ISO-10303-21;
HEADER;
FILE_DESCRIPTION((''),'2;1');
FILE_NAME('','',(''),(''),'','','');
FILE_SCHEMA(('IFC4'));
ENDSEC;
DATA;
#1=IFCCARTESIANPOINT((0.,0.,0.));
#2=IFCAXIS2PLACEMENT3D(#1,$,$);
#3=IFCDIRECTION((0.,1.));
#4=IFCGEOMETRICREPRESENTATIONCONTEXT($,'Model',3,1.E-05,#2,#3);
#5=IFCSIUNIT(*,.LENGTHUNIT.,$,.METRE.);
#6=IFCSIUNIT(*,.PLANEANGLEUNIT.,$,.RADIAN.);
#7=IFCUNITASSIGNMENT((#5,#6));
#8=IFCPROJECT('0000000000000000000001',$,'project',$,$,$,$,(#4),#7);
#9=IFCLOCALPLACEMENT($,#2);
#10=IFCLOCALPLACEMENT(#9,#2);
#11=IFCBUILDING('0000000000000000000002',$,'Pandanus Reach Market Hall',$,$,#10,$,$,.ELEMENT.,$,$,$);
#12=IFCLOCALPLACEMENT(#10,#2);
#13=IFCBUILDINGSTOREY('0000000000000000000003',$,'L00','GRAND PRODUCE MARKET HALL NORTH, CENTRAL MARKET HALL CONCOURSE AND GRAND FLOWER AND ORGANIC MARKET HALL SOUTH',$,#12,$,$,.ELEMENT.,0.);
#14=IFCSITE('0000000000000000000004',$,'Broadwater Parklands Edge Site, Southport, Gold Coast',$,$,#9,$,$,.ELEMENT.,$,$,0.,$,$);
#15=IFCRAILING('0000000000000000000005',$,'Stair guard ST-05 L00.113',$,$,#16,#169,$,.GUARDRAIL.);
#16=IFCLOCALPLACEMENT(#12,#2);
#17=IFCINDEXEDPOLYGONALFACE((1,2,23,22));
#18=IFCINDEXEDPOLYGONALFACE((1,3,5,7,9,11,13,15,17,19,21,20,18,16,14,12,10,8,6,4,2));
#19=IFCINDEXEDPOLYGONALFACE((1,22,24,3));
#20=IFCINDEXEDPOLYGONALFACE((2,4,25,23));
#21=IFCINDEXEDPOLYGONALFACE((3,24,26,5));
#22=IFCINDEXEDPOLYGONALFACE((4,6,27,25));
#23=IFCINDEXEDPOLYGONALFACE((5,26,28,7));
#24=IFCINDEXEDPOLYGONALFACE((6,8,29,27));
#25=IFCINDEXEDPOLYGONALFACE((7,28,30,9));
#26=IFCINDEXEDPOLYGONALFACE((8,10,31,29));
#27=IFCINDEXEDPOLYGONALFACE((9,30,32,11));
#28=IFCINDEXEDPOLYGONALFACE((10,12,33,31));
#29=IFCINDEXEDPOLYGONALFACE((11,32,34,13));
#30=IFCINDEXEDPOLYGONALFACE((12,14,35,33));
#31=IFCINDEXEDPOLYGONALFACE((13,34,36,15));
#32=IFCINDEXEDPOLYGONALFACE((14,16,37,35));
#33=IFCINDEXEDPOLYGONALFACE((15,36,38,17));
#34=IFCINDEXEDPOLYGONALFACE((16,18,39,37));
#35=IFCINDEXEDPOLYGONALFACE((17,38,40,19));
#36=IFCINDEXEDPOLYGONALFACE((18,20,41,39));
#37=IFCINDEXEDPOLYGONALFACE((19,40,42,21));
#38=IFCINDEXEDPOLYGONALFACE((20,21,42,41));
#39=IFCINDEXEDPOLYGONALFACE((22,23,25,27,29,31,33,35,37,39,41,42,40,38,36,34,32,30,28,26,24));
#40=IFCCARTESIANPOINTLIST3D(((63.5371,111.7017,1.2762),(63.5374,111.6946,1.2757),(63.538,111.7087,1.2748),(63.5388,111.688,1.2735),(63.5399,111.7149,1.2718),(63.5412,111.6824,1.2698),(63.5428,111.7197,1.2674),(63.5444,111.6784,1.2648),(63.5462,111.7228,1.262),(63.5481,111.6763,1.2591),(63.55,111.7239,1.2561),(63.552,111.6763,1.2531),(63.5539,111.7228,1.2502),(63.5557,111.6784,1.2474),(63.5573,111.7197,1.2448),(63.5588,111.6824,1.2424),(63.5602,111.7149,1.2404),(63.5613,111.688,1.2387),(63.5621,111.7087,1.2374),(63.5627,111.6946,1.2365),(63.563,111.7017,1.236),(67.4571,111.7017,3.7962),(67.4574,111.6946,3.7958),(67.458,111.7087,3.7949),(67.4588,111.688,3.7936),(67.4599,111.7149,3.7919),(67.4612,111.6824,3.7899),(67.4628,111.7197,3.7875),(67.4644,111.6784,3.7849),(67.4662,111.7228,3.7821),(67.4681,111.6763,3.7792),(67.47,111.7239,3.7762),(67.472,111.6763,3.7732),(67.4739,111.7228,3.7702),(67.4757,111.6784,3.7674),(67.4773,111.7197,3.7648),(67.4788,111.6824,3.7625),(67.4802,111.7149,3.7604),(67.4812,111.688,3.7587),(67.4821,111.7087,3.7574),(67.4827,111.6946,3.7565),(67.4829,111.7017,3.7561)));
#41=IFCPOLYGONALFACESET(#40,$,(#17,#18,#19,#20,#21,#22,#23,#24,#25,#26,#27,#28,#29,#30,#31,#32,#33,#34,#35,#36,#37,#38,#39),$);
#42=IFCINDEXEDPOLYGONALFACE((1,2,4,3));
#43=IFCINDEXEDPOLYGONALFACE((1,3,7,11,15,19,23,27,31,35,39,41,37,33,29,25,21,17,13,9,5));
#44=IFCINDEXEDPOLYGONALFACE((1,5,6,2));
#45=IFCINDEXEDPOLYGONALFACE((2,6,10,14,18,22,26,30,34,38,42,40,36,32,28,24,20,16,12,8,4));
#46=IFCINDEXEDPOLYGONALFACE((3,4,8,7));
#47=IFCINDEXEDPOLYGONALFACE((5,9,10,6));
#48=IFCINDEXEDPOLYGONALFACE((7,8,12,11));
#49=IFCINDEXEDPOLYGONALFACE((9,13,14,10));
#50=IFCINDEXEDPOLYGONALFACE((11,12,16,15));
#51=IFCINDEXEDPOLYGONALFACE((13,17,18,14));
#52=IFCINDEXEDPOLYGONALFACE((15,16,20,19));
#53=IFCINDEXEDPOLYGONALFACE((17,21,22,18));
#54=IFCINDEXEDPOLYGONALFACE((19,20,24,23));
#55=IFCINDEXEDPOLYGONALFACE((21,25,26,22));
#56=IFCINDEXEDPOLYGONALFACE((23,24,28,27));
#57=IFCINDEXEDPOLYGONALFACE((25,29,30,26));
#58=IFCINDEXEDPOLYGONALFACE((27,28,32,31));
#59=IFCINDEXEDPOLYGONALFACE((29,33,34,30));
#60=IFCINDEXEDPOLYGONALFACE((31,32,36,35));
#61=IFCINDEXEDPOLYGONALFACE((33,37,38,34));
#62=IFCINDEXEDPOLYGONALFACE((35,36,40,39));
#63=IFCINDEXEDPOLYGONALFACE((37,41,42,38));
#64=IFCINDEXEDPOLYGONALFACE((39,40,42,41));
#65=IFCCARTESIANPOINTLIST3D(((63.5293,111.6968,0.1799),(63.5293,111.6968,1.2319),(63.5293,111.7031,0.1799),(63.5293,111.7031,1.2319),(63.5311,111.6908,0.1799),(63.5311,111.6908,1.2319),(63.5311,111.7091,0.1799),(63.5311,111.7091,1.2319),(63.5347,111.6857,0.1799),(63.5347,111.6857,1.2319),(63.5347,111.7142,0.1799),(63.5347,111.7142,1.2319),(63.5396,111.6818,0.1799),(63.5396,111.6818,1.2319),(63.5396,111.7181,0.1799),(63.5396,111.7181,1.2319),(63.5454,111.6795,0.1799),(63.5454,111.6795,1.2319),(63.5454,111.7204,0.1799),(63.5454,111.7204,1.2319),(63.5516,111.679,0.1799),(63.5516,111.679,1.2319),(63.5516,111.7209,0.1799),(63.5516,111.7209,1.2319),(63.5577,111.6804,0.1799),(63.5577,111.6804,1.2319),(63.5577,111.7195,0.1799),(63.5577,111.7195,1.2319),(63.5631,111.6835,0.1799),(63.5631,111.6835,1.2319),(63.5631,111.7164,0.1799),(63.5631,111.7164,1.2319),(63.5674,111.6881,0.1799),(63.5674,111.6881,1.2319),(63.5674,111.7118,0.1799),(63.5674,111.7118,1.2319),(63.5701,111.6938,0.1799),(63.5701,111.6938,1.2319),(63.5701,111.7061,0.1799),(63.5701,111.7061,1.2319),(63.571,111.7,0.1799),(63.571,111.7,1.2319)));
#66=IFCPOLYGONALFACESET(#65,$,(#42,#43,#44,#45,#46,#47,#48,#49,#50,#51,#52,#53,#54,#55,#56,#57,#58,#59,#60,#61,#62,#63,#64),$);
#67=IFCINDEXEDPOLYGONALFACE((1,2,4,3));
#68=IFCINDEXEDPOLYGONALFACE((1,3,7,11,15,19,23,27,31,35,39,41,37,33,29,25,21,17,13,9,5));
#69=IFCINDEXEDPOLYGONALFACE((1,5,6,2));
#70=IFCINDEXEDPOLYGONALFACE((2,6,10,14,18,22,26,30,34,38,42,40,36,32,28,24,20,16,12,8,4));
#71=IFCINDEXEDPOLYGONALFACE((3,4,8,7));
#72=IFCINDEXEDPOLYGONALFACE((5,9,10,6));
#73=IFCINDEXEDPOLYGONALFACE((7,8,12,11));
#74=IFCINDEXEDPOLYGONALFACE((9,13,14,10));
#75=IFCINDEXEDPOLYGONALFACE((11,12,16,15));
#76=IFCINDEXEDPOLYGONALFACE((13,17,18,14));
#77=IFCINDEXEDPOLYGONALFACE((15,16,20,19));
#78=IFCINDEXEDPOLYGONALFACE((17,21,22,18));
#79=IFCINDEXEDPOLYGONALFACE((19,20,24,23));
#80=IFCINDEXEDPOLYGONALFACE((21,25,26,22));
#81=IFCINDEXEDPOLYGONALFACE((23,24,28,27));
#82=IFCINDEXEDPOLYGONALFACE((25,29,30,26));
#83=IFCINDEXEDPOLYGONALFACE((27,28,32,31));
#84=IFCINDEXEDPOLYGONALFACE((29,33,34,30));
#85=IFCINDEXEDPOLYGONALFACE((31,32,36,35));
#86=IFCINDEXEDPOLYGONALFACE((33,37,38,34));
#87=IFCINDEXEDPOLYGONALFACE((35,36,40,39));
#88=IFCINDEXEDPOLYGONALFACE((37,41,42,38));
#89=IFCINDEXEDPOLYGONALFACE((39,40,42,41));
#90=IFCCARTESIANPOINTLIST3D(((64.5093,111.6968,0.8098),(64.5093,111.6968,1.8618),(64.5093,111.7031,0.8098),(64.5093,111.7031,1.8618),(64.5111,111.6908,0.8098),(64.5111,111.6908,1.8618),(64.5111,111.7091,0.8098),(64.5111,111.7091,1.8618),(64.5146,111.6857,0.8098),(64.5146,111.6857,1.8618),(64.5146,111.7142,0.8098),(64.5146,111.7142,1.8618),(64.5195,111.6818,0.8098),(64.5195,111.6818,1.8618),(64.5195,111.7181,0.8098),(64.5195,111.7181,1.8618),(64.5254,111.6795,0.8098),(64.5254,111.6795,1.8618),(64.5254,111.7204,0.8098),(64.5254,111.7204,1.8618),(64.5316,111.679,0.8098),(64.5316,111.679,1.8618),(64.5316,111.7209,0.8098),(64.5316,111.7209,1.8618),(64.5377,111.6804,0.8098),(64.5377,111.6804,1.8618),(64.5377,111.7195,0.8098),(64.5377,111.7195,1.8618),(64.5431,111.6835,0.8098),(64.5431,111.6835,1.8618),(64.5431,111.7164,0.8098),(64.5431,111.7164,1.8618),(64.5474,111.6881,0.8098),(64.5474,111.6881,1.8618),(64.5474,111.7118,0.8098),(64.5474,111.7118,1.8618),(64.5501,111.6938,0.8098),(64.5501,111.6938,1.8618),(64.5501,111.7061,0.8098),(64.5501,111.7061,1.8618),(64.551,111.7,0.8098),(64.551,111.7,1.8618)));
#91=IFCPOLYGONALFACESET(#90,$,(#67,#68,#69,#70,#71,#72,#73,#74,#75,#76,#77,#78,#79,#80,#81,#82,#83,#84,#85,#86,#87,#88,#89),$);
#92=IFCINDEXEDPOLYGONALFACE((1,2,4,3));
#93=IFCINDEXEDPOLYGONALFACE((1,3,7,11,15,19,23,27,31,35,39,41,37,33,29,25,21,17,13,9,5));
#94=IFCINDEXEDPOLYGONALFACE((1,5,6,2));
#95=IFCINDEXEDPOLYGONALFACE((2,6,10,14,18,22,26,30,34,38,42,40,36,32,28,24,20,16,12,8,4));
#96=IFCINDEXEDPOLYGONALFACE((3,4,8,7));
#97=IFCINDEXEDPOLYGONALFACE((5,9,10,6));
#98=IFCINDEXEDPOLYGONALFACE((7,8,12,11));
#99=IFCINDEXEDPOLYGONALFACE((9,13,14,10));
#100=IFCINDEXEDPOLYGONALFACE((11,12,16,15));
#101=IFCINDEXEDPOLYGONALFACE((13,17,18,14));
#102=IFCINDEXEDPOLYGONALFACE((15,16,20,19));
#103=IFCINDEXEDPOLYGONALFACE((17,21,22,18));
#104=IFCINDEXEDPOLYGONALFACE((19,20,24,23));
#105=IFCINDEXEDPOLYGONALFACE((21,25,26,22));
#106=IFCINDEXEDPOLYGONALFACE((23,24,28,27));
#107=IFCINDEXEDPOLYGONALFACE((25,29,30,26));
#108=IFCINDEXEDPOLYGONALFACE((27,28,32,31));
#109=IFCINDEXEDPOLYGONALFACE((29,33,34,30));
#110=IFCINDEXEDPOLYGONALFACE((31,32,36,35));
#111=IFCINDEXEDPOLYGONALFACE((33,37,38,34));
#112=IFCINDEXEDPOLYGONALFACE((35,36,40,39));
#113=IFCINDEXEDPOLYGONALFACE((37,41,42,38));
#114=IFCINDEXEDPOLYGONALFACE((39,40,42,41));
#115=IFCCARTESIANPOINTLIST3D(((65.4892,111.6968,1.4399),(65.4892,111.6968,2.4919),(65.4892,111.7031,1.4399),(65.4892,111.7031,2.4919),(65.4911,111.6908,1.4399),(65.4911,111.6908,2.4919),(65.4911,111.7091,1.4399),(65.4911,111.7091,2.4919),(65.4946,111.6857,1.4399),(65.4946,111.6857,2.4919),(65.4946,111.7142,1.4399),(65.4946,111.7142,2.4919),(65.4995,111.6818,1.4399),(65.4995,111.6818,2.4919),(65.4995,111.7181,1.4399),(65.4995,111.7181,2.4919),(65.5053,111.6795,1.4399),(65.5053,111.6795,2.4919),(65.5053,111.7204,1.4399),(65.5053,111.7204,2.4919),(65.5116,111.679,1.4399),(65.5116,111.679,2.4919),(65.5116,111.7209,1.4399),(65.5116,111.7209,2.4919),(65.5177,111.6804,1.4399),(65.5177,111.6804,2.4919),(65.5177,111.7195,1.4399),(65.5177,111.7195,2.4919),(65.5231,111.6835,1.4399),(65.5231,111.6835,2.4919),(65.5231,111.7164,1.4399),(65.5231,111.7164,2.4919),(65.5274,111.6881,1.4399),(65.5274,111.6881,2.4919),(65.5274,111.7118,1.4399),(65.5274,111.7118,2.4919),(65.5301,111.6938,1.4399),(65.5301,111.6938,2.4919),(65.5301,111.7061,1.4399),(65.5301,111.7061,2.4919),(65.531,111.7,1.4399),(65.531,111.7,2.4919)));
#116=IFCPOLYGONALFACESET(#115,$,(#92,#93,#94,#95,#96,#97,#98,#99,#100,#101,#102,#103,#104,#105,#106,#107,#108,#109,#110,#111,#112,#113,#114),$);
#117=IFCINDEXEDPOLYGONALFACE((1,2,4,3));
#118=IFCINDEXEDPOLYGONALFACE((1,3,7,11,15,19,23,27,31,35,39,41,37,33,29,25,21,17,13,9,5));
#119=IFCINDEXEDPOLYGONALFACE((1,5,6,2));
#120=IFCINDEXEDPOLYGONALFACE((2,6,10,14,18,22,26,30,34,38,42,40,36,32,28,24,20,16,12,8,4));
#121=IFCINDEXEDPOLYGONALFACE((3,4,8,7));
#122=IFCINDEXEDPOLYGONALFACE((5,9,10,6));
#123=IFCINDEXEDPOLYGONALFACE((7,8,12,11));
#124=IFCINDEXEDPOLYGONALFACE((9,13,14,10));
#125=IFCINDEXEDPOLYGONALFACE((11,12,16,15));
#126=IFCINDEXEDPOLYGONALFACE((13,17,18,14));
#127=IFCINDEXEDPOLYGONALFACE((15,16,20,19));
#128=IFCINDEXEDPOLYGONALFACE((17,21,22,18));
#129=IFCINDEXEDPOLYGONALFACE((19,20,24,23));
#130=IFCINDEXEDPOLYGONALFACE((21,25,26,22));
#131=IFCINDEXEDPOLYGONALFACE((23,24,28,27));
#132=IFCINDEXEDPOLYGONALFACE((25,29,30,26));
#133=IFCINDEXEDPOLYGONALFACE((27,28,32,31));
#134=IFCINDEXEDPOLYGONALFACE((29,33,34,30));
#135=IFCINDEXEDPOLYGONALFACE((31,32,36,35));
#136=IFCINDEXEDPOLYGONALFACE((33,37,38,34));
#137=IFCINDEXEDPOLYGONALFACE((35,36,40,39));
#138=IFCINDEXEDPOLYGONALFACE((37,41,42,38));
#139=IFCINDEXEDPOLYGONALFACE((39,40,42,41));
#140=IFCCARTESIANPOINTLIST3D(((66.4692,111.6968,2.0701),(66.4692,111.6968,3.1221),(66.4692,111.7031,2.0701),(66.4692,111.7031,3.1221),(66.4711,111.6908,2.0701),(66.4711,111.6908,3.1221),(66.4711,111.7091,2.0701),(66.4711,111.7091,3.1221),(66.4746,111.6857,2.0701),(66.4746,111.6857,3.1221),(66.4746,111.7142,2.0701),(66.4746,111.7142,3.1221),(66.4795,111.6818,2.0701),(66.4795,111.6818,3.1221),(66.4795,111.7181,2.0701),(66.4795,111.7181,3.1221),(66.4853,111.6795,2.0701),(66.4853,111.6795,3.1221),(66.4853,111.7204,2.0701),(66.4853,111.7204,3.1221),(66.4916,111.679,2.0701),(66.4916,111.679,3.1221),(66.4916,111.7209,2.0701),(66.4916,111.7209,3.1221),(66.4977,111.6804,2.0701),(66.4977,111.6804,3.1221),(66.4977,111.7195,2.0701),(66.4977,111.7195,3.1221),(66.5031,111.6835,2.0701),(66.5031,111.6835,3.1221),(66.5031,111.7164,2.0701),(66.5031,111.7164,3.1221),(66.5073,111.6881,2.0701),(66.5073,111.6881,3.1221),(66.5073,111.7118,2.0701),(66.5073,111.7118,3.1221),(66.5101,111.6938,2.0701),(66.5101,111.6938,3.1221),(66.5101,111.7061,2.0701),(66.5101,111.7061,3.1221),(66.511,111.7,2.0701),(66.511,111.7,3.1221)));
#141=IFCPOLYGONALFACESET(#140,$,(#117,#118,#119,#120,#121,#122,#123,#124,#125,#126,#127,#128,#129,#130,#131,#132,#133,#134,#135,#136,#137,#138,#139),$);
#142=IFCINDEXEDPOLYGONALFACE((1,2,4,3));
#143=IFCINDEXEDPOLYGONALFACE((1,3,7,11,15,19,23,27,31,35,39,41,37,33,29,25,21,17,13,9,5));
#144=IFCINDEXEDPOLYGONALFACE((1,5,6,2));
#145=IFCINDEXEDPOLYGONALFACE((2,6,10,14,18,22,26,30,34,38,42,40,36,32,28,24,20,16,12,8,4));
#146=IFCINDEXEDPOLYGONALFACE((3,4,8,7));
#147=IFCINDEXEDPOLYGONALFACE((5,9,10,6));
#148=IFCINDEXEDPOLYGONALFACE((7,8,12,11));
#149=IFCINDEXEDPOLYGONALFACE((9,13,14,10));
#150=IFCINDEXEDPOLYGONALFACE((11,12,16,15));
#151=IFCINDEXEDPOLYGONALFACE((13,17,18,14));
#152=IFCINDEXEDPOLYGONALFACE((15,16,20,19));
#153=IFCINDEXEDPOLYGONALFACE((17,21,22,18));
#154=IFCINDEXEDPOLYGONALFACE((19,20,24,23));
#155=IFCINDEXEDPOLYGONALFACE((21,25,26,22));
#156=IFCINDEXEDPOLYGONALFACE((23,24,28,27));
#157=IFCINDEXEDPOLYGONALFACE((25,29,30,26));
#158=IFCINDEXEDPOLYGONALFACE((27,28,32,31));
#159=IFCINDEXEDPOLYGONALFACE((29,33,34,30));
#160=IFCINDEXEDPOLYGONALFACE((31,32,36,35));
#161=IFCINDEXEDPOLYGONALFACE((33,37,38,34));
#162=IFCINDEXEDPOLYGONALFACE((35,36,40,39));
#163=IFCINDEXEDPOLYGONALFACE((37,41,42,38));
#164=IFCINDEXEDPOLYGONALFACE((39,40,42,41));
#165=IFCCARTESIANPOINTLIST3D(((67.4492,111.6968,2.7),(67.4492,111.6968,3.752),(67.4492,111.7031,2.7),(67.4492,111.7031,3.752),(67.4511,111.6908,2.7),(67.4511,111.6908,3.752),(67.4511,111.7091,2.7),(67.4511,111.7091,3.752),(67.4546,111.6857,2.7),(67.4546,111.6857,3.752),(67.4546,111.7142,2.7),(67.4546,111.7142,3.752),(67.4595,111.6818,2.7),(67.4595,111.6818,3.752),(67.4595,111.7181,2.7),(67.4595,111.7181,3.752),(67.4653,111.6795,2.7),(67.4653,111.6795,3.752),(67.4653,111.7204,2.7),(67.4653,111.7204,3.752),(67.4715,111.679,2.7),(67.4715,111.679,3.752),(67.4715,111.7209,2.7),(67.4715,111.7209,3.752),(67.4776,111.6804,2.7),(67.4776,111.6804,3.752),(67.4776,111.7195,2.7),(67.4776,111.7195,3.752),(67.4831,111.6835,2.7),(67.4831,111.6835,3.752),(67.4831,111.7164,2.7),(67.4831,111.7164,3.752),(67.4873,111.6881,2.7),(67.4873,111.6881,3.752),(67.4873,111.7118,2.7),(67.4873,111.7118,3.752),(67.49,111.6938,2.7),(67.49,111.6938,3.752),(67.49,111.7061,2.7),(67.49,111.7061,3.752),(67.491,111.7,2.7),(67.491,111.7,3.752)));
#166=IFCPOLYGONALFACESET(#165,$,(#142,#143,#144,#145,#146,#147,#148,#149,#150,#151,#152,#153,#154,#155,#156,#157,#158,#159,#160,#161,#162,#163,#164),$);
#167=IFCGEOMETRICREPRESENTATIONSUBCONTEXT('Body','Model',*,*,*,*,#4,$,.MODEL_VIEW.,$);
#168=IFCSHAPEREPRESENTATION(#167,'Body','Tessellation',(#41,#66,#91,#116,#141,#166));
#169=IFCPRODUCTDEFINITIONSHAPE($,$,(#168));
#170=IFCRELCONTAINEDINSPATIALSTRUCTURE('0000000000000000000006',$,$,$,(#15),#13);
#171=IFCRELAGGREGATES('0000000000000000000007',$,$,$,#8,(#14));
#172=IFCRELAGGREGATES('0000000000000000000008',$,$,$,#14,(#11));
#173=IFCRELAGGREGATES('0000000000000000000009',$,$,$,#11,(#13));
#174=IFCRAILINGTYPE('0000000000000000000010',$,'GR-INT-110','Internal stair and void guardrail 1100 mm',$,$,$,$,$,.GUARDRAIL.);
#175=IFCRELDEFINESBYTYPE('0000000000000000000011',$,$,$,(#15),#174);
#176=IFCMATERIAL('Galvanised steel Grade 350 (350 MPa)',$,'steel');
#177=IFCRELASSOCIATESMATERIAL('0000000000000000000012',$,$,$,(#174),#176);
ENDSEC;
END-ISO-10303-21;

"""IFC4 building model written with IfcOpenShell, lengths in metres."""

from ifc_helpers import new_model, si_unit, direction, frame, origin, origin_2d, place, context, subcontext, project, spatial, circle, extrude, material, type_object, element, save


model = new_model("IFC4")

# Units and contexts
model_context = context("Model", 3, precision=1e-05, world=origin(), true_north=direction((0.0, 1.0)))
body_context = subcontext(model_context, "Body", "Model", "MODEL_VIEW")
ifc_project = project(units=[si_unit("LENGTHUNIT", "METRE"), si_unit("PLANEANGLEUNIT", "RADIAN")], contexts=[model_context])

# Site, building, storey
site_placement = place(None, origin())
site = spatial("IfcSite", under=ifc_project, at=site_placement, Name="Broadwater Parklands Edge Site, Southport, Gold Coast", CompositionType="ELEMENT", RefElevation=0.0)
building_placement = place(site_placement, origin())
building = spatial("IfcBuilding", under=site, at=building_placement, Name="Pandanus Reach Market Hall", CompositionType="ELEMENT")
storey_placement = place(building_placement, origin())
storey = spatial("IfcBuildingStorey", under=building, at=storey_placement, Name="L00", Description="GRAND PRODUCE MARKET HALL NORTH, CENTRAL MARKET HALL CONCOURSE AND GRAND FLOWER AND ORGANIC MARKET HALL SOUTH", CompositionType="ELEMENT", Elevation=0.0)

# Railing
ifc_material_1 = material(Name="Galvanised steel Grade 350 (350 MPa)", Category="steel")
railing_type = type_object("IfcRailingType", Name="GR-INT-110", Description="Internal stair and void guardrail 1100 mm", PredefinedType="GUARDRAIL", material=ifc_material_1)
railing_1_placement = place(storey_placement, frame((63.55, 111.7, 0.1799)))
element("IfcRailing", 1, at=railing_1_placement, inside=storey, type_object=railing_type, Name="Stair guard ST-05 L00.113", PredefinedType="GUARDRAIL", context=body_context, shape_type="SweptSolid", body=[
    extrude(circle(Radius=0.0239, at=origin_2d()), frame((0.0, 0.0, 1.0762), z_axis=(0.841172, 0.0, 0.540768), x_axis=(0.0, 1.0, 0.0)), (0.0, 0.0, 1.0), 4.6602),
    extrude(circle(Radius=0.021, at=origin_2d()), origin(), (0.0, 0.0, 1.0), 1.052),
    extrude(circle(Radius=0.021, at=origin_2d()), frame((0.98, 0.0, 0.6299)), (0.0, 0.0, 1.0), 1.052),
    extrude(circle(Radius=0.021, at=origin_2d()), frame((1.96, 0.0, 1.26)), (0.0, 0.0, 1.0), 1.052),
    extrude(circle(Radius=0.021, at=origin_2d()), frame((2.9399, 0.0, 1.8901)), (0.0, 0.0, 1.0), 1.052),
    extrude(circle(Radius=0.021, at=origin_2d()), frame((3.9199, 0.0, 2.52)), (0.0, 0.0, 1.0), 1.052),
])

save(model, "model.ifc")
